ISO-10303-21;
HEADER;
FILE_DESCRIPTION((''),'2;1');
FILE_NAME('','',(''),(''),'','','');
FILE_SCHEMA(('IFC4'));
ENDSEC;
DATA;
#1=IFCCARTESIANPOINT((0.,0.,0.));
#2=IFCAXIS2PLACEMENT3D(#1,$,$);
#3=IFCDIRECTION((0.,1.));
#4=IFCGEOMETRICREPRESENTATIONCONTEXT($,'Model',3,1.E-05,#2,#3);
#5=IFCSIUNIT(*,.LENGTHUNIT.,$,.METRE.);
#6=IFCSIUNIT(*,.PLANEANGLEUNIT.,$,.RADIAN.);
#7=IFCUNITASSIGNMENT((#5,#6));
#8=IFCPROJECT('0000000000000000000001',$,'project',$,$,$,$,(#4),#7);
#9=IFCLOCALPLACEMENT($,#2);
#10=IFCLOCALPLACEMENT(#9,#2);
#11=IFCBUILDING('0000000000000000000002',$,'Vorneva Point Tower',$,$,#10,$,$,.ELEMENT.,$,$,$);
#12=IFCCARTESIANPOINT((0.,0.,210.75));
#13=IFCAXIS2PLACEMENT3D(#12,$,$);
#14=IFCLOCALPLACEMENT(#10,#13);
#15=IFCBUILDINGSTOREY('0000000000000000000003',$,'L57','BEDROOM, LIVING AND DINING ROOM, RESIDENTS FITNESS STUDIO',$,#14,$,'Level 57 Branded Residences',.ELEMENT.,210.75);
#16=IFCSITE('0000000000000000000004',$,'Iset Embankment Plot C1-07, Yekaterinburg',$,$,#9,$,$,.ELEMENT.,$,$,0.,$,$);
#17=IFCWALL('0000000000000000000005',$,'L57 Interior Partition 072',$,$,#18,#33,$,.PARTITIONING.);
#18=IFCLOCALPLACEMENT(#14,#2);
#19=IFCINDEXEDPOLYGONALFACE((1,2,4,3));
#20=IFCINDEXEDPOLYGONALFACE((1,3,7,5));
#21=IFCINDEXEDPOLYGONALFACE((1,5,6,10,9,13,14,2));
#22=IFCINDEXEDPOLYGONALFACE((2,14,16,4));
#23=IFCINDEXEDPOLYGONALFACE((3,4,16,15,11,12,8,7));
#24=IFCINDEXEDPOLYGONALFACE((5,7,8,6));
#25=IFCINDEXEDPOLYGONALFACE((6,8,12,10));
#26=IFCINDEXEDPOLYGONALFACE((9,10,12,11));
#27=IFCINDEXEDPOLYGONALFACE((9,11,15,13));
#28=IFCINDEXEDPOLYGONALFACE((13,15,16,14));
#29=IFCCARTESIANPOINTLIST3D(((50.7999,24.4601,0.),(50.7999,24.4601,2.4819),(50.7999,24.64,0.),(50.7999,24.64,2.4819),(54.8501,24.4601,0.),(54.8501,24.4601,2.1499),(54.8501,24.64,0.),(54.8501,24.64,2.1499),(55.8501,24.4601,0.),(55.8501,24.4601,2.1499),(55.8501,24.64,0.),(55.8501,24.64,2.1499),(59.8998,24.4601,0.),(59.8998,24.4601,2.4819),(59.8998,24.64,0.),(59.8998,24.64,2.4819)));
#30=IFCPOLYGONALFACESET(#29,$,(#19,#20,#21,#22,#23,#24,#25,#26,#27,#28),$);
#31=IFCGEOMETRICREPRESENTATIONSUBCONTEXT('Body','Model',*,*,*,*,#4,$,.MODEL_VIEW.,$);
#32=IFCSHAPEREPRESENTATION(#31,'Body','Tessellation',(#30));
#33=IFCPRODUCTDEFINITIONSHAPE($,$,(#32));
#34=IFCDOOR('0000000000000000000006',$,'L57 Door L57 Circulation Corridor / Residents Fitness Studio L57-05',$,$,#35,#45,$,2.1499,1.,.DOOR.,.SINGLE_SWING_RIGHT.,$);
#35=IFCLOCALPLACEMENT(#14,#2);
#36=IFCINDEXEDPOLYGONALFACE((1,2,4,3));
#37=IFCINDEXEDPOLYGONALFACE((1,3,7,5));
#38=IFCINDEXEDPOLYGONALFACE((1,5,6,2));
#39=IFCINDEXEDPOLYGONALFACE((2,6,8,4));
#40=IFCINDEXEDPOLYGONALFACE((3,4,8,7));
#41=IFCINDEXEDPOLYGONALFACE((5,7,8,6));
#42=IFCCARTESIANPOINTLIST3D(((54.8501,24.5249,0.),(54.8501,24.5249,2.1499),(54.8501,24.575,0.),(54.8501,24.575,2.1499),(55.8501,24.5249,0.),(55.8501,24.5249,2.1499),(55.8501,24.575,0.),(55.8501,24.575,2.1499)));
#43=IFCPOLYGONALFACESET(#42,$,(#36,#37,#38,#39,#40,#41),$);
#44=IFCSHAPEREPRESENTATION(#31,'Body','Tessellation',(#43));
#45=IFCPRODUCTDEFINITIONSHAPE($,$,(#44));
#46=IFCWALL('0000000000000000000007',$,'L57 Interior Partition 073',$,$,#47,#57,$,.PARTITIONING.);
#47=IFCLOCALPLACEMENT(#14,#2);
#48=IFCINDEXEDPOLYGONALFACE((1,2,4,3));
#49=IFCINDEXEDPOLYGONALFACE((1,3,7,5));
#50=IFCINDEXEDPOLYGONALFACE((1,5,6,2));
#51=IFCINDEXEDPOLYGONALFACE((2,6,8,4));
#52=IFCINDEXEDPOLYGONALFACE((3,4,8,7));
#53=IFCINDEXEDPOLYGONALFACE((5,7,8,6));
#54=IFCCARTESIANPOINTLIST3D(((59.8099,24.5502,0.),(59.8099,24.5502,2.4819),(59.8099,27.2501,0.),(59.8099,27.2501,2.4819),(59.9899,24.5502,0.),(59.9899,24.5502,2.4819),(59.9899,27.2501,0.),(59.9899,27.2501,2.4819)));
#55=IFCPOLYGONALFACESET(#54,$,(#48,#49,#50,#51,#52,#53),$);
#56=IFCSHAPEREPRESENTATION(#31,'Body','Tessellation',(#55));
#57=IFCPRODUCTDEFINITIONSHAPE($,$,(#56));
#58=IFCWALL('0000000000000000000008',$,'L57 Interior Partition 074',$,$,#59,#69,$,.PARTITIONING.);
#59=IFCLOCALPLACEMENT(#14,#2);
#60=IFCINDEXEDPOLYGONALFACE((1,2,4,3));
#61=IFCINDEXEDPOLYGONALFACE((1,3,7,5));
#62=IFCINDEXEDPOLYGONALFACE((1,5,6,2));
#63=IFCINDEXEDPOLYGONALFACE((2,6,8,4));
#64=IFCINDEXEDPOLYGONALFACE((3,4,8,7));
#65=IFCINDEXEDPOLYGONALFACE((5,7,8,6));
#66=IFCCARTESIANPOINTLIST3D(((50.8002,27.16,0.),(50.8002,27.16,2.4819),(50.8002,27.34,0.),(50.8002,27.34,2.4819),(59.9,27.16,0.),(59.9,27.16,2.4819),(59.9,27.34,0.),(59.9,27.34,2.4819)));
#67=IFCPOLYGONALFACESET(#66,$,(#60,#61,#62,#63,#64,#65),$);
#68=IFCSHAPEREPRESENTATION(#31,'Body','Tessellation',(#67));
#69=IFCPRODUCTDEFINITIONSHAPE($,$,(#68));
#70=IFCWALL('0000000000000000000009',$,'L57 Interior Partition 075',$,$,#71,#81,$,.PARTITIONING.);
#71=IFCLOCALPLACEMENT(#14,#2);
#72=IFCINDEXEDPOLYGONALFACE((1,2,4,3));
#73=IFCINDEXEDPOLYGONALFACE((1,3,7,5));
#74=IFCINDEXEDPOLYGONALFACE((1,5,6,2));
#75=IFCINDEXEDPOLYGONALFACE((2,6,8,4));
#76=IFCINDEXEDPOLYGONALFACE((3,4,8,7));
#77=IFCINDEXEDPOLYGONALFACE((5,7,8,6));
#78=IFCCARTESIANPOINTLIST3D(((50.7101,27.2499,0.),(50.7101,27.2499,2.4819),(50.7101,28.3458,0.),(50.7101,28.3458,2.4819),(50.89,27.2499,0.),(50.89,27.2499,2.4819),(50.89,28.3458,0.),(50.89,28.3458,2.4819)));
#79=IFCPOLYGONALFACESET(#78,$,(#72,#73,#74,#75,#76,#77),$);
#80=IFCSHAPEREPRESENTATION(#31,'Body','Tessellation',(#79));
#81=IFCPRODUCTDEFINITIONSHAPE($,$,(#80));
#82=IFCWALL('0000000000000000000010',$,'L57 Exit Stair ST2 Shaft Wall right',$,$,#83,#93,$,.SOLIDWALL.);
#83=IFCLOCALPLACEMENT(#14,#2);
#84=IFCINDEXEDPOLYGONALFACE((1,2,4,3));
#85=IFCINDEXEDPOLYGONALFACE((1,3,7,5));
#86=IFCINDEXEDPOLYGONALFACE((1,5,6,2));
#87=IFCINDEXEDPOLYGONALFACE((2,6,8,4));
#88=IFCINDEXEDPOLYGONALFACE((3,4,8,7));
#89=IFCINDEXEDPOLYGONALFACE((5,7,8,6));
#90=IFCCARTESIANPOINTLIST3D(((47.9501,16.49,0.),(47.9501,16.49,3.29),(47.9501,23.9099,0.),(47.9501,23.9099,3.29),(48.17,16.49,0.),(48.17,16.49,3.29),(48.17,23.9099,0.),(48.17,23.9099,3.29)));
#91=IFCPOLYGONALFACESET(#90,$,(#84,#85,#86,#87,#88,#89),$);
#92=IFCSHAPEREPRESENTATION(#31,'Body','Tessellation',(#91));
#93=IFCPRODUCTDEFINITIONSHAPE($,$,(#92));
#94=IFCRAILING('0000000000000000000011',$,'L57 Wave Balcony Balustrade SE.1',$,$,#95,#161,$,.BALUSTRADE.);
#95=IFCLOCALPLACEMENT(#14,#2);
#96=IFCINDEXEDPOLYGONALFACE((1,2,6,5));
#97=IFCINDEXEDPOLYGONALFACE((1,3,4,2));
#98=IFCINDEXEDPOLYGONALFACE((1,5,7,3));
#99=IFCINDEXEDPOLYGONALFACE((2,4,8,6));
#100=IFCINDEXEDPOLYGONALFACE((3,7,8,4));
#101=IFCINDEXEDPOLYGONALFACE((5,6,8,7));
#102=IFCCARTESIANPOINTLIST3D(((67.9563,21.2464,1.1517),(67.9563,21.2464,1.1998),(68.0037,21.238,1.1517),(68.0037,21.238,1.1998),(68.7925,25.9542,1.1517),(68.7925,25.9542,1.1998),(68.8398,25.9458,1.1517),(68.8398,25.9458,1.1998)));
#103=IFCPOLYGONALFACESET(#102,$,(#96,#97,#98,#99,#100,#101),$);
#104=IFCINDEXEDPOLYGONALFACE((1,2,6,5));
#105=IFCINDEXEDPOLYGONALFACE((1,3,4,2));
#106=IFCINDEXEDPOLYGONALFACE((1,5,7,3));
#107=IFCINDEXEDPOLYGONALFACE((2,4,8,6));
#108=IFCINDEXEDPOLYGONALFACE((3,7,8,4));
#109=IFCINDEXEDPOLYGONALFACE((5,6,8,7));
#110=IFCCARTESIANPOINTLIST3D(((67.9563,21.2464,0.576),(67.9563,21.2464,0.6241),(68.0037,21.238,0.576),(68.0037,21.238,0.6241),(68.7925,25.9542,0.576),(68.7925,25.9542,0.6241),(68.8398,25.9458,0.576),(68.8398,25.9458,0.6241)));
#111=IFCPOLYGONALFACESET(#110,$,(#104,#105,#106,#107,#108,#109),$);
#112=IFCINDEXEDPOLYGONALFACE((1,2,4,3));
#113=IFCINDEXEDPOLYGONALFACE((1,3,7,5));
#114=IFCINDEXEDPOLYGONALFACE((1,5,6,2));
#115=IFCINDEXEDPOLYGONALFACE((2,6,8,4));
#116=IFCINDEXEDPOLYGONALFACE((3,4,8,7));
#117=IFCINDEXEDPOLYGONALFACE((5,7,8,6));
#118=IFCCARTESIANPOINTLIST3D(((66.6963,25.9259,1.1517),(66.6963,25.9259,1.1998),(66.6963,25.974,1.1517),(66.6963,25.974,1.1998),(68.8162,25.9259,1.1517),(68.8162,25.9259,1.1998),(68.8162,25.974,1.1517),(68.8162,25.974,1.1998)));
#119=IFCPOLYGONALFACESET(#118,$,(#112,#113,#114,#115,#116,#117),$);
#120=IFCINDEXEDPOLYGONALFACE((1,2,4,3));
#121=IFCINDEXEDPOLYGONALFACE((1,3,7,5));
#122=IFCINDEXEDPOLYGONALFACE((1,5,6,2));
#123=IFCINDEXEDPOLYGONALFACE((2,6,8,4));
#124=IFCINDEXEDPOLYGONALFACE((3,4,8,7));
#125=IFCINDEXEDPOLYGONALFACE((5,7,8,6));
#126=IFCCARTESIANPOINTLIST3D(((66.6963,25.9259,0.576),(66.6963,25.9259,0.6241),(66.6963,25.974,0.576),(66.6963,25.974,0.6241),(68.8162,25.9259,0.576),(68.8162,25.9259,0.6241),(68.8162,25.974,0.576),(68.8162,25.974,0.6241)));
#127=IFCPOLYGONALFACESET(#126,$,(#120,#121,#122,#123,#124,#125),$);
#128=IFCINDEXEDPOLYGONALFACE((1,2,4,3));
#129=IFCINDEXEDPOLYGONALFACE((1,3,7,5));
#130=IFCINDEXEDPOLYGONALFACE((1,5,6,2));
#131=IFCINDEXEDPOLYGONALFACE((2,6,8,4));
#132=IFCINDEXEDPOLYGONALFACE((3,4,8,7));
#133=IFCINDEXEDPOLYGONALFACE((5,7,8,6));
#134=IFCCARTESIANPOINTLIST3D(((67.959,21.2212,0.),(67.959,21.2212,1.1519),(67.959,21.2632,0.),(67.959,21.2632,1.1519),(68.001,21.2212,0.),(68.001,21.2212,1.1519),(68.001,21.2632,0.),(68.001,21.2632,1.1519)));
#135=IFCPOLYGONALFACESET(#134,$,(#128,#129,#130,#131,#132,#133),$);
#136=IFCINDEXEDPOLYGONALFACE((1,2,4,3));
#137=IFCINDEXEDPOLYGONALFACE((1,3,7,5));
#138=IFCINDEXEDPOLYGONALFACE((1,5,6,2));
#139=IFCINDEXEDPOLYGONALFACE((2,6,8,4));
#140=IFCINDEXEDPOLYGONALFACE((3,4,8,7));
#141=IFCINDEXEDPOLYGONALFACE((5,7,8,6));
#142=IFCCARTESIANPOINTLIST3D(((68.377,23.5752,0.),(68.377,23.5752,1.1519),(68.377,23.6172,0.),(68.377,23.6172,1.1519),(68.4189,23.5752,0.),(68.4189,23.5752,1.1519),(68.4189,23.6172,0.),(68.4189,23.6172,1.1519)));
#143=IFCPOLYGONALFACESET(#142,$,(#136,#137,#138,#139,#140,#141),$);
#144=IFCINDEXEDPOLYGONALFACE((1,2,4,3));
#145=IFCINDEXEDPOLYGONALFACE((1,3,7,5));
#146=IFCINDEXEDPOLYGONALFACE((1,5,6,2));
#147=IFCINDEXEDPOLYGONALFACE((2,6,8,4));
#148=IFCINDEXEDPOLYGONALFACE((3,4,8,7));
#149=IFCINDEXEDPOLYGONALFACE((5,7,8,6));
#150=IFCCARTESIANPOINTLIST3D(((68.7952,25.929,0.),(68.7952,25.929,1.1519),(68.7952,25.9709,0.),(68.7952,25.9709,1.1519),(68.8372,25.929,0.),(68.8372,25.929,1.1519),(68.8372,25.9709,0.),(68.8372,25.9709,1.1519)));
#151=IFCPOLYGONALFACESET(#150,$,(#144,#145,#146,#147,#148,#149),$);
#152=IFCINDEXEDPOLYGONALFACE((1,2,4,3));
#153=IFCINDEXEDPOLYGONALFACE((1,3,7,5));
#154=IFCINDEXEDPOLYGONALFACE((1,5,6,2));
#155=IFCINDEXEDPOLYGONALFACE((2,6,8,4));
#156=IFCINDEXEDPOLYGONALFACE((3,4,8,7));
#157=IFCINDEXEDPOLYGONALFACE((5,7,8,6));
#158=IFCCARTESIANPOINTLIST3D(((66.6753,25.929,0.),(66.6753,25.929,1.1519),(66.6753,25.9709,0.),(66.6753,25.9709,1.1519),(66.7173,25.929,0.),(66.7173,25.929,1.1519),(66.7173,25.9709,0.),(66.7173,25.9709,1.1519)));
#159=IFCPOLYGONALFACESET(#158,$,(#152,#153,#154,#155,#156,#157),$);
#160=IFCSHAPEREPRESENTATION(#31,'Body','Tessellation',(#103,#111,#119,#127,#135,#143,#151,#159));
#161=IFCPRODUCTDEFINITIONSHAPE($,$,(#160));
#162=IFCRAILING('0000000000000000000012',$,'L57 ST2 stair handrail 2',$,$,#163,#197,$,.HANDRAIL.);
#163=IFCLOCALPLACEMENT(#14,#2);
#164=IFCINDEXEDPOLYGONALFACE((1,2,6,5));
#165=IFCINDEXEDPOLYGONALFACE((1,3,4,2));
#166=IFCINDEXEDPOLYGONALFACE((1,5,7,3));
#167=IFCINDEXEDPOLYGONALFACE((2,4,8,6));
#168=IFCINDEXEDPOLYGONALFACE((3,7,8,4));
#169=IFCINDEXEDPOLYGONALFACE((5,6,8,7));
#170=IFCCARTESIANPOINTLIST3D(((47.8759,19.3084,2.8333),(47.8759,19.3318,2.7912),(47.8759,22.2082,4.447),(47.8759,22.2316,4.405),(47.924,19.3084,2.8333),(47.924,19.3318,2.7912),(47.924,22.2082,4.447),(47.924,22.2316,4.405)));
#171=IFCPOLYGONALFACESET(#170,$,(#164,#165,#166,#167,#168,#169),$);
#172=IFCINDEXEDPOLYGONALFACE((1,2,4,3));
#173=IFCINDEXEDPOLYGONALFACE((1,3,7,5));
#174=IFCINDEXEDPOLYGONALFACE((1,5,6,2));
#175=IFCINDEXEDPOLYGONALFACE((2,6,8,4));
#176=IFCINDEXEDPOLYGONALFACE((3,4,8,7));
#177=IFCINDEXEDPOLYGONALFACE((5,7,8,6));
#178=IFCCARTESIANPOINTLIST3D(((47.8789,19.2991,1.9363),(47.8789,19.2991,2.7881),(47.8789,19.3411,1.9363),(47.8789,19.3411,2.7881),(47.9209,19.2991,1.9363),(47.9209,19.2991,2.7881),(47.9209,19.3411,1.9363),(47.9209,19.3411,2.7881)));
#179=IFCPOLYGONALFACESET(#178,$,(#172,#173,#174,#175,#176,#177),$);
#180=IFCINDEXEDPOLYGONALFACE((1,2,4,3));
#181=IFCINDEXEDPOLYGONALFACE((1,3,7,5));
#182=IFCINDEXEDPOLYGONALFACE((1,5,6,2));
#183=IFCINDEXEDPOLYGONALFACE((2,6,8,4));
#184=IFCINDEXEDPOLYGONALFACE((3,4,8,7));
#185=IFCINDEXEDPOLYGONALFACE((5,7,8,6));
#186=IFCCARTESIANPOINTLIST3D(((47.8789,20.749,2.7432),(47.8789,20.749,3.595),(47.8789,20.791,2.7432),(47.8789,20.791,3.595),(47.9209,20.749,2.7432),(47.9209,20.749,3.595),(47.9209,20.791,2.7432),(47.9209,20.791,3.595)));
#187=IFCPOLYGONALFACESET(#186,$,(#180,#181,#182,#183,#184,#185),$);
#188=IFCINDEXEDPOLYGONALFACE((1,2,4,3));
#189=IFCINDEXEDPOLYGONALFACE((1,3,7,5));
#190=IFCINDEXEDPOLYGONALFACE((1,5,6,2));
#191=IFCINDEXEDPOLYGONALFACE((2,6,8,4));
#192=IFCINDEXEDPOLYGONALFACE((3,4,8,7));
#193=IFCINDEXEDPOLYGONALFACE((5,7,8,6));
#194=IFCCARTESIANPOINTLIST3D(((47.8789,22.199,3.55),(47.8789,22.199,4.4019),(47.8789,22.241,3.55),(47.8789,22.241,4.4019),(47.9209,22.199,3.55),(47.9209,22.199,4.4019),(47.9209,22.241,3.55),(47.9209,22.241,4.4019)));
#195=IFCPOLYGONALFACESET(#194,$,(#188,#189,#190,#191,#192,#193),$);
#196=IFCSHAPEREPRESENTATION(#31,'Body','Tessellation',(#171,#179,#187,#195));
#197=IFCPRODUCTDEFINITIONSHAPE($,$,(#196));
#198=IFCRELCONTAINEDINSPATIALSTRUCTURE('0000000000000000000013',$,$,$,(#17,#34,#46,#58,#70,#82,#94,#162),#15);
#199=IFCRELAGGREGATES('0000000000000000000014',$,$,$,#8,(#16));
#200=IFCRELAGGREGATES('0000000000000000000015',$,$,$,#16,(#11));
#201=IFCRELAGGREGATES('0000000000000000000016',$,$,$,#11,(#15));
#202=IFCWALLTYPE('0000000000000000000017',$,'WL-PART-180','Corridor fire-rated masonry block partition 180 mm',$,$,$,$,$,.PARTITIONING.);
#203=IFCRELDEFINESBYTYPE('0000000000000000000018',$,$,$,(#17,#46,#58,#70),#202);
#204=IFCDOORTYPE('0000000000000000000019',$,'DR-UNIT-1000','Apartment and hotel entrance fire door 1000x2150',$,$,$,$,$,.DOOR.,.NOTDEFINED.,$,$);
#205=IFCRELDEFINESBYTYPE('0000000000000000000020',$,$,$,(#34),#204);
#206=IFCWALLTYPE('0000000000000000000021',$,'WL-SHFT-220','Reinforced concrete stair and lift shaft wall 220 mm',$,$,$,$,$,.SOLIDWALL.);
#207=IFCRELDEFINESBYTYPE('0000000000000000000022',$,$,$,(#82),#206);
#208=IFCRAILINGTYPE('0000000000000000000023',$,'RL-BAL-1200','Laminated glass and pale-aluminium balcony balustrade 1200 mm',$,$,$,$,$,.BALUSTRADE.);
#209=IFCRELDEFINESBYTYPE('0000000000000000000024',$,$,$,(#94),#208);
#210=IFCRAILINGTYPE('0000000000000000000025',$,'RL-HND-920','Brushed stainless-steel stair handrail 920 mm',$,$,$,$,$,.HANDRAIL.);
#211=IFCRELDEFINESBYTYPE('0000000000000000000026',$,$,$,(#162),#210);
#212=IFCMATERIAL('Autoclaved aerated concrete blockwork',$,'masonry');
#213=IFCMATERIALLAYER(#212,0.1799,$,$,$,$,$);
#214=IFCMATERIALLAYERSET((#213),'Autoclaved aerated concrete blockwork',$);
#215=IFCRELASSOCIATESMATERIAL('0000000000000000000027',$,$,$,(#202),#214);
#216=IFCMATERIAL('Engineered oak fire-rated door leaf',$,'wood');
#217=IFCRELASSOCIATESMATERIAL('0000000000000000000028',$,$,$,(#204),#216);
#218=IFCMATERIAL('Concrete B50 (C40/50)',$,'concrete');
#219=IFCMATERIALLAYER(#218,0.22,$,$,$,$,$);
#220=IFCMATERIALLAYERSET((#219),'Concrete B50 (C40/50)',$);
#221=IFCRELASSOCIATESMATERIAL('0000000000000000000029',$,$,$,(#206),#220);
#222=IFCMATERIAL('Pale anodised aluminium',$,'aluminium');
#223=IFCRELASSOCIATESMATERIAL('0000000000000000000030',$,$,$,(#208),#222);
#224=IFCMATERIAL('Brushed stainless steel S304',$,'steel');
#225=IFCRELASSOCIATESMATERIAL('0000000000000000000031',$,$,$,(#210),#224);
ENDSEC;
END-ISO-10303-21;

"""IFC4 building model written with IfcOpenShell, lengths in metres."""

from ifc_helpers import new_model, si_unit, direction, frame, frame_2d, origin, origin_2d, place, context, subcontext, project, spatial, rectangle, extrude, material, layer, layer_set, type_object, element, fill, save


model = new_model("IFC4")

# Units and contexts
model_context = context("Model", 3, precision=1e-05, world=origin(), true_north=direction((0.0, 1.0)))
body_context = subcontext(model_context, "Body", "Model", "MODEL_VIEW")
ifc_project = project(units=[si_unit("LENGTHUNIT", "METRE"), si_unit("PLANEANGLEUNIT", "RADIAN")], contexts=[model_context])

# Site, building, storey
site_placement = place(None, origin())
site = spatial("IfcSite", under=ifc_project, at=site_placement, Name="Iset Embankment Plot C1-07, Yekaterinburg", CompositionType="ELEMENT", RefElevation=0.0)
building_placement = place(site_placement, origin())
building = spatial("IfcBuilding", under=site, at=building_placement, Name="Vorneva Point Tower", CompositionType="ELEMENT")
storey_placement = place(building_placement, frame((0.0, 0.0, 210.75)))
storey = spatial("IfcBuildingStorey", under=building, at=storey_placement, Name="L57", Description="BEDROOM, LIVING AND DINING ROOM, RESIDENTS FITNESS STUDIO", LongName="Level 57 Branded Residences", CompositionType="ELEMENT", Elevation=210.75)

# Shared definitions
ifc_material_1 = material(Name="Concrete B50 (C40/50)", Category="concrete")

# Shared definitions
ifc_material_2 = material(Name="Pale anodised aluminium", Category="aluminium")

# Shared definitions
ifc_material_3 = material(Name="Autoclaved aerated concrete blockwork", Category="masonry")
ifc_layer_1 = layer(ifc_material_3, 0.1799)
ifc_layer_set_1 = layer_set([ifc_layer_1], Name="Autoclaved aerated concrete blockwork")
wall_type_1 = type_object("IfcWallType", Name="WL-PART-180", Description="Corridor fire-rated masonry block partition 180 mm", PredefinedType="PARTITIONING", material=ifc_layer_set_1)

# Wall, opening, door
wall_1_placement = place(storey_placement, frame((50.8, 24.55, 0.0), z_axis=(0.0, 0.0, 1.0), x_axis=(1.0, 0.0, 0.0)))
wall_1 = element("IfcWall", 1, at=wall_1_placement, inside=storey, type_object=wall_type_1, Name="L57 Interior Partition 072", PredefinedType="PARTITIONING", context=body_context, shape_type="SweptSolid", body=[
    extrude(rectangle(XDim=9.0999, YDim=0.1799, at=frame_2d((4.5498, 0.0))), origin(), (0.0, 0.0, 1.0), 2.4819),
])
opening_1_placement = place(wall_1_placement, frame((4.05, 0.0, 0.0)))
opening_1 = element("IfcOpeningElement", 2, at=opening_1_placement, cuts=wall_1, PredefinedType="OPENING", context=body_context, shape_type="SweptSolid", body=[
    extrude(rectangle(XDim=1.0, YDim=2.1499, at=frame_2d((0.5, 1.075))), frame((0.0, 0.105, 0.0), z_axis=(0.0, -1.0, 0.0), x_axis=(1.0, 0.0, 0.0)), (0.0, 0.0, 1.0), 0.2097),
])
ifc_material_4 = material(Name="Engineered oak fire-rated door leaf", Category="wood")
door_type_1 = type_object("IfcDoorType", Name="DR-UNIT-1000", Description="Apartment and hotel entrance fire door 1000x2150", OperationType="NOTDEFINED", PredefinedType="DOOR", material=ifc_material_4)
door_1_placement = place(opening_1_placement, origin())
door_1 = element("IfcDoor", 3, at=door_1_placement, inside=storey, type_object=door_type_1, Name="L57 Door L57 Circulation Corridor / Residents Fitness Studio L57-05", OperationType="SINGLE_SWING_RIGHT", OverallHeight=2.1499, OverallWidth=1.0, PredefinedType="DOOR", context=body_context, shape_type="SweptSolid", body=[
    extrude(rectangle(XDim=1.0, YDim=2.1499, at=frame_2d((0.5, 1.075))), frame((0.0, 0.0249, 0.0), z_axis=(0.0, -1.0, 0.0), x_axis=(1.0, 0.0, 0.0)), (0.0, 0.0, 1.0), 0.05),
])
fill(opening_1, door_1)

# Walls
wall_2_placement = place(storey_placement, frame((59.8999, 24.55, 0.0), z_axis=(0.0, 0.0, 1.0), x_axis=(0.0, 1.0, 0.0)))
element("IfcWall", 4, at=wall_2_placement, inside=storey, type_object=wall_type_1, Name="L57 Interior Partition 073", PredefinedType="PARTITIONING", context=body_context, shape_type="SweptSolid", body=[
    extrude(rectangle(XDim=2.7, YDim=0.1799, at=frame_2d((1.3501, 0.0))), origin(), (0.0, 0.0, 1.0), 2.4819),
])
wall_3_placement = place(storey_placement, frame((59.8999, 27.25, 0.0), z_axis=(0.0, 0.0, 1.0), x_axis=(-1.0, 0.0, 0.0)))
element("IfcWall", 5, at=wall_3_placement, inside=storey, type_object=wall_type_1, Name="L57 Interior Partition 074", PredefinedType="PARTITIONING", context=body_context, shape_type="SweptSolid", body=[
    extrude(rectangle(XDim=9.0999, YDim=0.1799, at=frame_2d((4.5498, 0.0))), origin(), (0.0, 0.0, 1.0), 2.4819),
])
wall_4_placement = place(storey_placement, frame((50.8, 27.25, 0.0), z_axis=(0.0, 0.0, 1.0), x_axis=(0.0, 1.0, 0.0)))
element("IfcWall", 6, at=wall_4_placement, inside=storey, type_object=wall_type_1, Name="L57 Interior Partition 075", PredefinedType="PARTITIONING", context=body_context, shape_type="SweptSolid", body=[
    extrude(rectangle(XDim=1.0959, YDim=0.1799, at=frame_2d((0.5479, 0.0))), origin(), (0.0, 0.0, 1.0), 2.4819),
])
ifc_layer_2 = layer(ifc_material_1, 0.22)
ifc_layer_set_2 = layer_set([ifc_layer_2], Name="Concrete B50 (C40/50)")
wall_type_2 = type_object("IfcWallType", Name="WL-SHFT-220", Description="Reinforced concrete stair and lift shaft wall 220 mm", PredefinedType="SOLIDWALL", material=ifc_layer_set_2)
wall_5_placement = place(storey_placement, frame((48.0601, 23.9099, 0.0), z_axis=(0.0, 0.0, 1.0), x_axis=(0.0, -1.0, 0.0)))
element("IfcWall", 7, at=wall_5_placement, inside=storey, type_object=wall_type_2, Name="L57 Exit Stair ST2 Shaft Wall right", PredefinedType="SOLIDWALL", context=body_context, shape_type="SweptSolid", body=[
    extrude(rectangle(XDim=7.4199, YDim=0.22, at=frame_2d((3.71, 0.0))), origin(), (0.0, 0.0, 1.0), 3.29),
])

# Railings
railing_type_1 = type_object("IfcRailingType", Name="RL-BAL-1200", Description="Laminated glass and pale-aluminium balcony balustrade 1200 mm", PredefinedType="BALUSTRADE", material=ifc_material_2)
railing_1_placement = place(storey_placement, frame((67.98, 21.2422, 0.0)))
element("IfcRailing", 8, at=railing_1_placement, inside=storey, type_object=railing_type_1, Name="L57 Wave Balcony Balustrade SE.1", PredefinedType="BALUSTRADE", context=body_context, shape_type="SweptSolid", body=[
    extrude(rectangle(XDim=0.0481, YDim=0.0481, at=origin_2d()), frame((0.0, 0.0, 1.1758), z_axis=(0.17488, 0.98459, 0.0), x_axis=(-0.98459, 0.17488, 0.0)), (0.0, 0.0, 1.0), 4.7815),
    extrude(rectangle(XDim=0.0481, YDim=0.0481, at=origin_2d()), frame((0.0, 0.0, 0.6001), z_axis=(0.17488, 0.98459, 0.0), x_axis=(-0.98459, 0.17488, 0.0)), (0.0, 0.0, 1.0), 4.7815),
    extrude(rectangle(XDim=0.0481, YDim=0.0481, at=origin_2d()), frame((0.8362, 4.7078, 1.1758), z_axis=(-1.0, 0.0, 0.0), x_axis=(0.0, -1.0, 0.0)), (0.0, 0.0, 1.0), 2.1199),
    extrude(rectangle(XDim=0.0481, YDim=0.0481, at=origin_2d()), frame((0.8362, 4.7078, 0.6001), z_axis=(-1.0, 0.0, 0.0), x_axis=(0.0, -1.0, 0.0)), (0.0, 0.0, 1.0), 2.1199),
    extrude(rectangle(XDim=0.042, YDim=0.042, at=origin_2d()), origin(), (0.0, 0.0, 1.0), 1.1519),
    extrude(rectangle(XDim=0.042, YDim=0.042, at=origin_2d()), frame((0.418, 2.354, 0.0)), (0.0, 0.0, 1.0), 1.1519),
    extrude(rectangle(XDim=0.042, YDim=0.042, at=origin_2d()), frame((0.8362, 4.7078, 0.0)), (0.0, 0.0, 1.0), 1.1519),
    extrude(rectangle(XDim=0.042, YDim=0.042, at=origin_2d()), frame((-1.2837, 4.7078, 0.0)), (0.0, 0.0, 1.0), 1.1519),
])
ifc_material_5 = material(Name="Brushed stainless steel S304", Category="steel")
railing_type_2 = type_object("IfcRailingType", Name="RL-HND-920", Description="Brushed stainless-steel stair handrail 920 mm", PredefinedType="HANDRAIL", material=ifc_material_5)
railing_2_placement = place(storey_placement, frame((47.8999, 19.3201, 1.9363)))
element("IfcRailing", 9, at=railing_2_placement, inside=storey, type_object=railing_type_2, Name="L57 ST2 stair handrail 2", PredefinedType="HANDRAIL", context=body_context, shape_type="SweptSolid", body=[
    extrude(rectangle(XDim=0.0481, YDim=0.0481, at=origin_2d()), frame((0.0, 0.0, 0.876), z_axis=(0.0, 0.87381, 0.486267), x_axis=(-1.0, 0.0, 0.0)), (0.0, 0.0, 1.0), 3.3186),
    extrude(rectangle(XDim=0.042, YDim=0.042, at=origin_2d()), origin(), (0.0, 0.0, 1.0), 0.8518),
    extrude(rectangle(XDim=0.042, YDim=0.042, at=origin_2d()), frame((0.0, 1.45, 0.8069)), (0.0, 0.0, 1.0), 0.8518),
    extrude(rectangle(XDim=0.042, YDim=0.042, at=origin_2d()), frame((0.0, 2.8999, 1.6138)), (0.0, 0.0, 1.0), 0.8518),
])

save(model, "model.ifc")
